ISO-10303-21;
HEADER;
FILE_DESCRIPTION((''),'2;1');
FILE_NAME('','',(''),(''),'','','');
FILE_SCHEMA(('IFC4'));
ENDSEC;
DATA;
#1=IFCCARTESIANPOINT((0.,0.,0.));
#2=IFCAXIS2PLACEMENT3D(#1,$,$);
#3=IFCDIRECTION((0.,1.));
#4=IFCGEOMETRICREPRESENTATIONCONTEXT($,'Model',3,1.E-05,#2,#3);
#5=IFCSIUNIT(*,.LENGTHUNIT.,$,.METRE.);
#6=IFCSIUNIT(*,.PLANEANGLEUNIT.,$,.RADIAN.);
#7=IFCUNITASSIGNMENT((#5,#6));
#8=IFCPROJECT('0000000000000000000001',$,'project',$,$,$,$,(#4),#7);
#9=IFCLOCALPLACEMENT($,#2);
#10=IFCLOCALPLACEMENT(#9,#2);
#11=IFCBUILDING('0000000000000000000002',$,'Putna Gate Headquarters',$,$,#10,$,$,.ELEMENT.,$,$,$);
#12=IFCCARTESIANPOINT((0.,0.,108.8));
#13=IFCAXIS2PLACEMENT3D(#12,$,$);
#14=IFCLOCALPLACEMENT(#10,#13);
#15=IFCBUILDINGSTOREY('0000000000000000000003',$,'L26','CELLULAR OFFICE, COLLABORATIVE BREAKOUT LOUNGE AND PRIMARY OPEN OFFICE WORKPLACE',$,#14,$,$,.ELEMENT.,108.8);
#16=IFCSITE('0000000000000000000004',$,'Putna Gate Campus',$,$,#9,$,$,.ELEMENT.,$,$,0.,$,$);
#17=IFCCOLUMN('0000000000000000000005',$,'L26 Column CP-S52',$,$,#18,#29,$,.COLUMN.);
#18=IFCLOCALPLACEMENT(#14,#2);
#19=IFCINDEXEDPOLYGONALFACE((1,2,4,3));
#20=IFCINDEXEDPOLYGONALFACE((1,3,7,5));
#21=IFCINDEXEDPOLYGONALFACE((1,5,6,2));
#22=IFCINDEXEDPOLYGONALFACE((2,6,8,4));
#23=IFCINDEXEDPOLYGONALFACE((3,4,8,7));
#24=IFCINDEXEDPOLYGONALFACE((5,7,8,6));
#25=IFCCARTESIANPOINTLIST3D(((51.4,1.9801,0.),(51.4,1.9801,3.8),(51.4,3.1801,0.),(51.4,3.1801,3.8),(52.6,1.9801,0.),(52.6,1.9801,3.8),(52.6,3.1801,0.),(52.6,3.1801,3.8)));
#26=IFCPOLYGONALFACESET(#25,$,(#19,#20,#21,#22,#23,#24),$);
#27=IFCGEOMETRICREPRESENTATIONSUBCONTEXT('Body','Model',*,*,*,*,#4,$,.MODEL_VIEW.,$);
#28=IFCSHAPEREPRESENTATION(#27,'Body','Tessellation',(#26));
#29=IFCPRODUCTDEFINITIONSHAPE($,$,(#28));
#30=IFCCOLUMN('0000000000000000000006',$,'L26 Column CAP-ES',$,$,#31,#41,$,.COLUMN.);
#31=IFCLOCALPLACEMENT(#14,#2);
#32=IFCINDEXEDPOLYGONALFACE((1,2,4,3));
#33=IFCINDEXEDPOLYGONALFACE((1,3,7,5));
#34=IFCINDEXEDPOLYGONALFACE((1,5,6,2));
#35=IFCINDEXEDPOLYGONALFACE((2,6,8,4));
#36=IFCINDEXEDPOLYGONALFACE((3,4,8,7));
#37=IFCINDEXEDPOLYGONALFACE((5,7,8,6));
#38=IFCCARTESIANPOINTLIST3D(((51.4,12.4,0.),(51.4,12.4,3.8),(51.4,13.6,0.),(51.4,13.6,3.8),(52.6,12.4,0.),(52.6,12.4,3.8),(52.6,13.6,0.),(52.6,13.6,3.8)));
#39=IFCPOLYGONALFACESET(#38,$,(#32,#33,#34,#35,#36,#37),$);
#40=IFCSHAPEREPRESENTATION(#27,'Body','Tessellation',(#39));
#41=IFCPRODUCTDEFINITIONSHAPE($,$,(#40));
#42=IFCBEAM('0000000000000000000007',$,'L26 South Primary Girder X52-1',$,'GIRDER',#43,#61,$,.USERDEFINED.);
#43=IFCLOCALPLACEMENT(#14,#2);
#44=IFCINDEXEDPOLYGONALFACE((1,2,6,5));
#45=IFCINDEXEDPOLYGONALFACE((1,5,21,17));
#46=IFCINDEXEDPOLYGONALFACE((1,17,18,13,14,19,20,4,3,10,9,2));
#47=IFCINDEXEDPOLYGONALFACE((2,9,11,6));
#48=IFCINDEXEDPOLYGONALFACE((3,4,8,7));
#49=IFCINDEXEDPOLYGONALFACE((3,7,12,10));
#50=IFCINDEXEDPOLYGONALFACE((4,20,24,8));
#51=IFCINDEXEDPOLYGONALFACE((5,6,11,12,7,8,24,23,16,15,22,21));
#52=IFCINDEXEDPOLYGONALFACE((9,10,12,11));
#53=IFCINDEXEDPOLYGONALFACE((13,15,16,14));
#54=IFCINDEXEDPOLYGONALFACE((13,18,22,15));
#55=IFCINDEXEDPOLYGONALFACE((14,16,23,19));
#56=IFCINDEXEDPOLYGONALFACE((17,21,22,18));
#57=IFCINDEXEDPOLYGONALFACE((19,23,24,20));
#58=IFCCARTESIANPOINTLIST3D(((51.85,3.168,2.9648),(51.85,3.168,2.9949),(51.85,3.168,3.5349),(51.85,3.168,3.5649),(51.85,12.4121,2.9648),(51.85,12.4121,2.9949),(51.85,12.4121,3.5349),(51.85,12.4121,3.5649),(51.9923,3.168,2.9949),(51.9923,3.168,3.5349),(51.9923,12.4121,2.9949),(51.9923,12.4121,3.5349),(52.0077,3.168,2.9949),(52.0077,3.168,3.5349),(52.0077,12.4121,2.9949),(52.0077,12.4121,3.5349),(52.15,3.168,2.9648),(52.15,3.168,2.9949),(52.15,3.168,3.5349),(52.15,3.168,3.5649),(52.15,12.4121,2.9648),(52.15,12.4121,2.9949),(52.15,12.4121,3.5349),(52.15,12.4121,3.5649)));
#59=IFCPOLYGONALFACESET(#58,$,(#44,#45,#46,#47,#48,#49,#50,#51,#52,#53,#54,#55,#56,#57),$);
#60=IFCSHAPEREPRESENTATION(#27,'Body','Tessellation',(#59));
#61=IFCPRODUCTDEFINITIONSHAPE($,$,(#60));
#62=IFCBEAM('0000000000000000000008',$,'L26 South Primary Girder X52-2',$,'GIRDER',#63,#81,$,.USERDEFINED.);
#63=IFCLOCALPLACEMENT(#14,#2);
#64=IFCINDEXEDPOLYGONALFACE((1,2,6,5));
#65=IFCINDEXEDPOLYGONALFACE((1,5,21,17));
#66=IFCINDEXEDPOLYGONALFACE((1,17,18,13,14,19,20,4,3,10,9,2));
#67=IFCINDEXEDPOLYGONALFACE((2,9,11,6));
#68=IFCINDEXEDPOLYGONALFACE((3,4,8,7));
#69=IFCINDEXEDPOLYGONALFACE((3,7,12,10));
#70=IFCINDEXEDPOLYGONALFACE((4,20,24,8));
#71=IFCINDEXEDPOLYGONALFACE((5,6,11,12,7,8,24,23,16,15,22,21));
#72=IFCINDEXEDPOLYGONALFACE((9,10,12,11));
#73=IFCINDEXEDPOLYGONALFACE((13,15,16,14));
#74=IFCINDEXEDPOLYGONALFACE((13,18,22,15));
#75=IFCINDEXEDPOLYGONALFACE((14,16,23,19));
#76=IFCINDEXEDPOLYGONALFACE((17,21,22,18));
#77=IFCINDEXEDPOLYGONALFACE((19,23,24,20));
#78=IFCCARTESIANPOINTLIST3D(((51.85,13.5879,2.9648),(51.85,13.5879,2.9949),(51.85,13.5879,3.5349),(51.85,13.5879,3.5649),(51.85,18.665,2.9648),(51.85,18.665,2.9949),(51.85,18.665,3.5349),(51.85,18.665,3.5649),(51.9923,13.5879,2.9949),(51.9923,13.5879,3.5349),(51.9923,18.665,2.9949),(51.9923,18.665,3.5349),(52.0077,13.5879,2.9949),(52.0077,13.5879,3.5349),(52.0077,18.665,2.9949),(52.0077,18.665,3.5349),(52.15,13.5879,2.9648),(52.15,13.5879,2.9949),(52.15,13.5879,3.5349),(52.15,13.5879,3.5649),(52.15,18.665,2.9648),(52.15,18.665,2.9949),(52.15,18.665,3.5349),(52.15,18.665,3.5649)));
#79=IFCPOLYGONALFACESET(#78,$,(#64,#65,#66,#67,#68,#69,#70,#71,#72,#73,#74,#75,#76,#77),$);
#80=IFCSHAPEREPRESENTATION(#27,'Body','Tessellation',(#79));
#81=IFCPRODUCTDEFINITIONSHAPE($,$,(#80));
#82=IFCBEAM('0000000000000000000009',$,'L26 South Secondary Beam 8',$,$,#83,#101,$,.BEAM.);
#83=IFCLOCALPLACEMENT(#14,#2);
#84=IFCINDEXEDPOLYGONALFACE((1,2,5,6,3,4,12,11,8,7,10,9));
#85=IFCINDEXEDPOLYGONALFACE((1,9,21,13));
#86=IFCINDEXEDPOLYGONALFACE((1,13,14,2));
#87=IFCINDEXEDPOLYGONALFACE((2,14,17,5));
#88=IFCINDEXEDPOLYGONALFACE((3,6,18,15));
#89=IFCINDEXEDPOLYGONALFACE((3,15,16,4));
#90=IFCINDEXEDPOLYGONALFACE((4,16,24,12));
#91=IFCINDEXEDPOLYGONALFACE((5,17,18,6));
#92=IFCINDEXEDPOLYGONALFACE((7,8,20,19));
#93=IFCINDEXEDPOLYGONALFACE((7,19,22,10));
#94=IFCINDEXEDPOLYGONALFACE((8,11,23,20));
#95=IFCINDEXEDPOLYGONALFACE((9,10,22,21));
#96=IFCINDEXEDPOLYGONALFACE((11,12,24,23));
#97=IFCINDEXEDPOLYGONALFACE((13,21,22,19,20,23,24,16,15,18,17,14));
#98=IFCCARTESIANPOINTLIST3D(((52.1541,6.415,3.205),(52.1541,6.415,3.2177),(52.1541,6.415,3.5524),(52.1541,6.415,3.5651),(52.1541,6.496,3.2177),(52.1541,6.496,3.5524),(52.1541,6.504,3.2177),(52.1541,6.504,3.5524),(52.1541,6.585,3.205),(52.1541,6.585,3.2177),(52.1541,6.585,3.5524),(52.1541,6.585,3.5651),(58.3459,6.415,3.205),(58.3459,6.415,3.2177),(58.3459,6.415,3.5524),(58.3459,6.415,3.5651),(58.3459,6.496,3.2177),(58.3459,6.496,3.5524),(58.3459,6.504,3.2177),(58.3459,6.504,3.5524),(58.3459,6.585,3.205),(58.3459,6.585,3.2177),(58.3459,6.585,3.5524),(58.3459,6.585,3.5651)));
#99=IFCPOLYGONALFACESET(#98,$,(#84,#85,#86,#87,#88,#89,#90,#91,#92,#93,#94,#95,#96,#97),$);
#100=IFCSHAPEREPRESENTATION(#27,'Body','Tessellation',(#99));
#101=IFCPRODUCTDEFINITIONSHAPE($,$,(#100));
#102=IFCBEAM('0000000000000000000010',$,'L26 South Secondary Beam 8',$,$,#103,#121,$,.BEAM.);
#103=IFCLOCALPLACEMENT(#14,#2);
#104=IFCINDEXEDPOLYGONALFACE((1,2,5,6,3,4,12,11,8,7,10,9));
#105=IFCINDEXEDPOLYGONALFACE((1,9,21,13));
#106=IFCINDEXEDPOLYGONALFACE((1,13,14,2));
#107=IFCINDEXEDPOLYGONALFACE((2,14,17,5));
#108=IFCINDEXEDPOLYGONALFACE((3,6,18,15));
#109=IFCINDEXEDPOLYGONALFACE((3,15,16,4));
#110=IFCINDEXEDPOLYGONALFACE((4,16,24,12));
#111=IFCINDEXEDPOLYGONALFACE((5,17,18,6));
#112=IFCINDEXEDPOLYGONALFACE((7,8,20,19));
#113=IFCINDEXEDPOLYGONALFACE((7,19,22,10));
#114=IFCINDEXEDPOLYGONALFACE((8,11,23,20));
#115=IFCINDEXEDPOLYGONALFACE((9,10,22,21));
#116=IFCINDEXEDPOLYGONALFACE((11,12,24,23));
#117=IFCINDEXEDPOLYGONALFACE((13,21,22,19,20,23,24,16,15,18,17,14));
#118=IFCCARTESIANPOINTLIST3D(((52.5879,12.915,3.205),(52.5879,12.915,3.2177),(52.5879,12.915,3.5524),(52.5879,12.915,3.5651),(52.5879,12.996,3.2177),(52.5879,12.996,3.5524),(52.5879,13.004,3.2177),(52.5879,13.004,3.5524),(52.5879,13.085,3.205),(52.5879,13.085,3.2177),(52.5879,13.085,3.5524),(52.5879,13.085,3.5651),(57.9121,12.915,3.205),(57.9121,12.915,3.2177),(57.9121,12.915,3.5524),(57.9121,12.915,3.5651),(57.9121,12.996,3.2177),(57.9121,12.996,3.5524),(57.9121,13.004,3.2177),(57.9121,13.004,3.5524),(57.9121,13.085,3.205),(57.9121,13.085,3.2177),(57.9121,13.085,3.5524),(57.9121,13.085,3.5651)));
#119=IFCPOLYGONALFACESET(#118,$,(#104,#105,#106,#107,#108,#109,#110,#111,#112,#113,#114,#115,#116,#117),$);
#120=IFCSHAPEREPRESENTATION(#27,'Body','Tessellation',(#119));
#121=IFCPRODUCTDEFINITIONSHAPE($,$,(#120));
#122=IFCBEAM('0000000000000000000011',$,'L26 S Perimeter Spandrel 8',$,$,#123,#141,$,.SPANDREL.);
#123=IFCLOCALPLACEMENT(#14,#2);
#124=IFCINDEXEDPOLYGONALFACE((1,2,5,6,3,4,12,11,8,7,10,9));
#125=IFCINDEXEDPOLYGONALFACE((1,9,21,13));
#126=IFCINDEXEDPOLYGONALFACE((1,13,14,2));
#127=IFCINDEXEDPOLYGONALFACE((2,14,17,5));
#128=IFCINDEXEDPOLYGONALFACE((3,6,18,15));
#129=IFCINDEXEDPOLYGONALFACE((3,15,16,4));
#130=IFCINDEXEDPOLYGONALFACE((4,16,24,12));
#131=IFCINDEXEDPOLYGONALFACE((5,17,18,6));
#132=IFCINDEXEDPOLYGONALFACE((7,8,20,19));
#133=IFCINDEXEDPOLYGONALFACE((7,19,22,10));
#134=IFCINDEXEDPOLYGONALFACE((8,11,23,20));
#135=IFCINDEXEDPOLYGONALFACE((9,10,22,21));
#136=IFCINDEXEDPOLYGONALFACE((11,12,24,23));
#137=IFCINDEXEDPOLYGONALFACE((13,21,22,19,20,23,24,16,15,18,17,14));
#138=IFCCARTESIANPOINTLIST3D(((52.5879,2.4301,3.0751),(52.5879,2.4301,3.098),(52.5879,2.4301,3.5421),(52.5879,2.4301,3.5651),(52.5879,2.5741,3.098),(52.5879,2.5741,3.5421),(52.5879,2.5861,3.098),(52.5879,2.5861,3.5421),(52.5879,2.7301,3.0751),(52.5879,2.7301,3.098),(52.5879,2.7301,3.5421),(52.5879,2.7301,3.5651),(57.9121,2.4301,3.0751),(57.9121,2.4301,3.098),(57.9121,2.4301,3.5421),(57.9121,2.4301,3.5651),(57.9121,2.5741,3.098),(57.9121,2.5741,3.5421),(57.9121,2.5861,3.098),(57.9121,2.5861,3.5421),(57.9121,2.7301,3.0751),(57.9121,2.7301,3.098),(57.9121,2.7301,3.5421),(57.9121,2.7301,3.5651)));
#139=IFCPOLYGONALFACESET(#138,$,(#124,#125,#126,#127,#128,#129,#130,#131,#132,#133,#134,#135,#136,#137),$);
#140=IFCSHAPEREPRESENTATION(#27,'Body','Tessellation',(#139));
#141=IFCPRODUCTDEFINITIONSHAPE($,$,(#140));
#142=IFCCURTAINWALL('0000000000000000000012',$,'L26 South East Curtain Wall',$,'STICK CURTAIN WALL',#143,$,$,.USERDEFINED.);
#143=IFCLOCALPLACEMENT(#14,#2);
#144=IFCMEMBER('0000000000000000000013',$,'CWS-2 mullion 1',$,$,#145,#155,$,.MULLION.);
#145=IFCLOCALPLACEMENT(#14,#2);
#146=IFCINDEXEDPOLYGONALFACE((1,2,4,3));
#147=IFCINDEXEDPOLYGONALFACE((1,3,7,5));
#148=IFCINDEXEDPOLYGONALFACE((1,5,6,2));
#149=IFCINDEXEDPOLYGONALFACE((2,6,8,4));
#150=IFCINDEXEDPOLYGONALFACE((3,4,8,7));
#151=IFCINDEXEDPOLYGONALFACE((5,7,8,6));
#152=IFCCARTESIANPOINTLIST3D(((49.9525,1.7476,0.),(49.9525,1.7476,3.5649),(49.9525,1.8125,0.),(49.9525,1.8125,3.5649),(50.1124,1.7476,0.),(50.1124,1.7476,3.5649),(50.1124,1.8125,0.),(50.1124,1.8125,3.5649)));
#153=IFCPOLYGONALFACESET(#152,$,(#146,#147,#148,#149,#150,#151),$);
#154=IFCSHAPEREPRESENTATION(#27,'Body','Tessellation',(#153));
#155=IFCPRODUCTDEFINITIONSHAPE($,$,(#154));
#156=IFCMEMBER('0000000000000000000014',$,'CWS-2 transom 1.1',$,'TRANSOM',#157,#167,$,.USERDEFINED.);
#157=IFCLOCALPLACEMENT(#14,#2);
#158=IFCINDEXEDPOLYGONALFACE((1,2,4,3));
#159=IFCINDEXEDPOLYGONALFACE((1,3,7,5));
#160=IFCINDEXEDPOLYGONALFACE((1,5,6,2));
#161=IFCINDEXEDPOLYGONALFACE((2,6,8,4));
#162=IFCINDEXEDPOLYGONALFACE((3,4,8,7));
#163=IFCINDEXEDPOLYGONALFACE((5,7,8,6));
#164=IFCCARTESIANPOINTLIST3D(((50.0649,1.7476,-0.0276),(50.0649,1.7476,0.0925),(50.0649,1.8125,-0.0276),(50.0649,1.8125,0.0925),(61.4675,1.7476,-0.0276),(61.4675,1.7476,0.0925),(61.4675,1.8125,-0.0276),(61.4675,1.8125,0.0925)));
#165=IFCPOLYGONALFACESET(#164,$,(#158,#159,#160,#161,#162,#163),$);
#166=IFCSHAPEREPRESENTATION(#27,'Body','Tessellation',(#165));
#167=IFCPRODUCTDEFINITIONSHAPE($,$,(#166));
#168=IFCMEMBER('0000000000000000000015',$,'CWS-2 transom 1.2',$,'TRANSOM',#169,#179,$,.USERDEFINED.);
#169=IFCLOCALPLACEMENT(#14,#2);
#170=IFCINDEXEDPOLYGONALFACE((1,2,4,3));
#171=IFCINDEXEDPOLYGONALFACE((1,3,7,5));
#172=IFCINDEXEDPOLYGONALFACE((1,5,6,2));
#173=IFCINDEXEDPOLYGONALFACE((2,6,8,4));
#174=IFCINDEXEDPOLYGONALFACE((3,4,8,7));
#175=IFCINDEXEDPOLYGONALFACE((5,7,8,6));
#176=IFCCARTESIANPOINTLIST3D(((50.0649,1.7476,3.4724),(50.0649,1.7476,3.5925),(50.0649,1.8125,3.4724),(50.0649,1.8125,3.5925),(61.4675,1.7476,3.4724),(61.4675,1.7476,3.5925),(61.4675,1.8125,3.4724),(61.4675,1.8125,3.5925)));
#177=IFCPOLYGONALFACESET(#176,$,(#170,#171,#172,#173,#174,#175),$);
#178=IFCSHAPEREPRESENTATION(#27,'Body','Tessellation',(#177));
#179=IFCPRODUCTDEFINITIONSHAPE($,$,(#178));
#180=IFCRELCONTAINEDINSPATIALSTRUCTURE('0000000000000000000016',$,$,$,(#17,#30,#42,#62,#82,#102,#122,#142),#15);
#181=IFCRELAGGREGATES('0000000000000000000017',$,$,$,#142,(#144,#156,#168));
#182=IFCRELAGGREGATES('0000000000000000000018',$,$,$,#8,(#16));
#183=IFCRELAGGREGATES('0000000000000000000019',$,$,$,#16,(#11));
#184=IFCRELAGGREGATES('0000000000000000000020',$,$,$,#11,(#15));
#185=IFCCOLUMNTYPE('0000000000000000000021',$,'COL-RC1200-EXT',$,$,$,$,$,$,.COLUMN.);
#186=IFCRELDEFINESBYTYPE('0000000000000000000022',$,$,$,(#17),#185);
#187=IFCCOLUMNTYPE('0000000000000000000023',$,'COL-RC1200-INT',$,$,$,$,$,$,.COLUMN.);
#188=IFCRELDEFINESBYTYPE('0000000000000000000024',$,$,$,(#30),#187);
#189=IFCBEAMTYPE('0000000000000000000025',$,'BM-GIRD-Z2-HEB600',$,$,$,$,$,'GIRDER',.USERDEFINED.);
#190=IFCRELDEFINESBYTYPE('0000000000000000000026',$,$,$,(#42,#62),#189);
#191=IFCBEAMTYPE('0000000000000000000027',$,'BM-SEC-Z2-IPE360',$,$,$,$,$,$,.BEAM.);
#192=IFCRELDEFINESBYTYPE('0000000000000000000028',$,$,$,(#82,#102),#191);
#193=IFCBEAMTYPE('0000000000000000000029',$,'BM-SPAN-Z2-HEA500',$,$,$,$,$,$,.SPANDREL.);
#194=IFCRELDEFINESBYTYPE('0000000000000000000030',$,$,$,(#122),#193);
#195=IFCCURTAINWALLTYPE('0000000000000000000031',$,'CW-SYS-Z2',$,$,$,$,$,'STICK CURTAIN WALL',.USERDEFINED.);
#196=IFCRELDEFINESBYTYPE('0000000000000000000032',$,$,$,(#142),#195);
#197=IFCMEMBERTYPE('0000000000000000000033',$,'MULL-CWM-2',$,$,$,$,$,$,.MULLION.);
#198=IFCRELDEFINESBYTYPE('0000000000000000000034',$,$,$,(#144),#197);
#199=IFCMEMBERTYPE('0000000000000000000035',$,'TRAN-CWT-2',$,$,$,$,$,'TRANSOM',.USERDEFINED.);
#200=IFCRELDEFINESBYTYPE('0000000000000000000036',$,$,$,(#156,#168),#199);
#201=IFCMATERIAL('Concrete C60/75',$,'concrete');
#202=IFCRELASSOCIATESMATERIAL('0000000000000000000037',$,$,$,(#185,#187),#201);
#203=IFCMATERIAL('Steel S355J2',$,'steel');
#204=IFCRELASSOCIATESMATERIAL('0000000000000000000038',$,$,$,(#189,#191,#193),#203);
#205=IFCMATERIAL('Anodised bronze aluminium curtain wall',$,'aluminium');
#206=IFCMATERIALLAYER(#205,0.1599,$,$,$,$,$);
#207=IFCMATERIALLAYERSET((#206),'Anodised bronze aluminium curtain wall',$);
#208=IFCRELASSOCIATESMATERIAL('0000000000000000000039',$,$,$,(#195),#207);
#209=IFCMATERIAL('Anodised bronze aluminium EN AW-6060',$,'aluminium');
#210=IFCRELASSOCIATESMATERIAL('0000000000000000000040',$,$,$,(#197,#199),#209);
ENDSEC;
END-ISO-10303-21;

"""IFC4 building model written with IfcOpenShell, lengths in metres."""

from ifc_helpers import new_model, si_unit, direction, frame, origin, origin_2d, place, context, subcontext, project, spatial, rectangle, i_section, extrude, material, layer, layer_set, material_profile, profile_set, type_object, element, aggregate, save


model = new_model("IFC4")

# Units and contexts
model_context = context("Model", 3, precision=1e-05, world=origin(), true_north=direction((0.0, 1.0)))
body_context = subcontext(model_context, "Body", "Model", "MODEL_VIEW")
ifc_project = project(units=[si_unit("LENGTHUNIT", "METRE"), si_unit("PLANEANGLEUNIT", "RADIAN")], contexts=[model_context])

# Site, building, storey
site_placement = place(None, origin())
site = spatial("IfcSite", under=ifc_project, at=site_placement, Name="Putna Gate Campus", CompositionType="ELEMENT", RefElevation=0.0)
building_placement = place(site_placement, origin())
building = spatial("IfcBuilding", under=site, at=building_placement, Name="Putna Gate Headquarters", CompositionType="ELEMENT")
storey_placement = place(building_placement, frame((0.0, 0.0, 108.8)))
storey = spatial("IfcBuildingStorey", under=building, at=storey_placement, Name="L26", Description="CELLULAR OFFICE, COLLABORATIVE BREAKOUT LOUNGE AND PRIMARY OPEN OFFICE WORKPLACE", CompositionType="ELEMENT", Elevation=108.8)

# Columns
ifc_material_1 = material(Name="Concrete C60/75", Category="concrete")
ifc_material_profile_1 = material_profile(ifc_material_1, rectangle(XDim=1.2, YDim=1.2, at=origin_2d()), Name="Concrete C60/75")
ifc_profile_set_1 = profile_set([ifc_material_profile_1], Name="Concrete C60/75")
column_type_1 = type_object("IfcColumnType", Name="COL-RC1200-EXT", PredefinedType="COLUMN", material=ifc_profile_set_1)
column_1_placement = place(storey_placement, frame((52.0, 2.5801, 0.0), z_axis=(0.0, 0.0, 1.0), x_axis=(1.0, 0.0, 0.0)))
element("IfcColumn", 1, at=column_1_placement, inside=storey, type_object=column_type_1, Name="L26 Column CP-S52", PredefinedType="COLUMN", context=body_context, shape_type="SweptSolid", body=[
    extrude(rectangle(XDim=1.2, YDim=1.2, at=origin_2d()), origin(), (0.0, 0.0, 1.0), 3.8),
])
ifc_material_profile_2 = material_profile(ifc_material_1, rectangle(XDim=1.2, YDim=1.2, at=origin_2d()), Name="Concrete C60/75")
ifc_profile_set_2 = profile_set([ifc_material_profile_2], Name="Concrete C60/75")
column_type_2 = type_object("IfcColumnType", Name="COL-RC1200-INT", PredefinedType="COLUMN", material=ifc_profile_set_2)
column_2_placement = place(storey_placement, frame((52.0, 13.0, 0.0), z_axis=(0.0, 0.0, 1.0), x_axis=(1.0, 0.0, 0.0)))
element("IfcColumn", 2, at=column_2_placement, inside=storey, type_object=column_type_2, Name="L26 Column CAP-ES", PredefinedType="COLUMN", context=body_context, shape_type="SweptSolid", body=[
    extrude(rectangle(XDim=1.2, YDim=1.2, at=origin_2d()), origin(), (0.0, 0.0, 1.0), 3.8),
])

# Beams
ifc_material_2 = material(Name="Steel S355J2", Category="steel")
ifc_material_profile_3 = material_profile(ifc_material_2, i_section(OverallWidth=0.3, OverallDepth=0.6001, WebThickness=0.0154, FlangeThickness=0.03, at=origin_2d()), Name="Steel S355J2")
ifc_profile_set_3 = profile_set([ifc_material_profile_3], Name="Steel S355J2")
beam_type_1 = type_object("IfcBeamType", Name="BM-GIRD-Z2-HEB600", ElementType="GIRDER", PredefinedType="USERDEFINED", material=ifc_profile_set_3)
beam_1_placement = place(storey_placement, frame((52.0, 3.168, 3.2649), z_axis=(0.0, 1.0, 0.0), x_axis=(-1.0, 0.0, 0.0)))
element("IfcBeam", 3, at=beam_1_placement, inside=storey, type_object=beam_type_1, Name="L26 South Primary Girder X52-1", ObjectType="GIRDER", PredefinedType="USERDEFINED", context=body_context, shape_type="SweptSolid", body=[
    extrude(i_section(OverallWidth=0.3, OverallDepth=0.6001, WebThickness=0.0154, FlangeThickness=0.03, at=origin_2d()), origin(), (0.0, 0.0, 1.0), 9.2441),
])
beam_2_placement = place(storey_placement, frame((52.0, 13.5879, 3.2649), z_axis=(0.0, 1.0, 0.0), x_axis=(-1.0, 0.0, 0.0)))
element("IfcBeam", 4, at=beam_2_placement, inside=storey, type_object=beam_type_1, Name="L26 South Primary Girder X52-2", ObjectType="GIRDER", PredefinedType="USERDEFINED", context=body_context, shape_type="SweptSolid", body=[
    extrude(i_section(OverallWidth=0.3, OverallDepth=0.6001, WebThickness=0.0154, FlangeThickness=0.03, at=origin_2d()), origin(), (0.0, 0.0, 1.0), 5.0771),
])
ifc_material_profile_4 = material_profile(ifc_material_2, i_section(OverallWidth=0.1699, OverallDepth=0.3601, WebThickness=0.0081, FlangeThickness=0.0127, at=origin_2d()), Name="Steel S355J2")
ifc_profile_set_4 = profile_set([ifc_material_profile_4], Name="Steel S355J2")
beam_type_2 = type_object("IfcBeamType", Name="BM-SEC-Z2-IPE360", PredefinedType="BEAM", material=ifc_profile_set_4)
beam_3_placement = place(storey_placement, frame((52.1541, 6.5, 3.385), z_axis=(1.0, 0.0, 0.0), x_axis=(0.0, 1.0, 0.0)))
element("IfcBeam", 5, at=beam_3_placement, inside=storey, type_object=beam_type_2, Name="L26 South Secondary Beam 8", PredefinedType="BEAM", context=body_context, shape_type="SweptSolid", body=[
    extrude(i_section(OverallWidth=0.1699, OverallDepth=0.3601, WebThickness=0.0081, FlangeThickness=0.0127, at=origin_2d()), origin(), (0.0, 0.0, 1.0), 6.1919),
])
beam_4_placement = place(storey_placement, frame((52.5879, 13.0, 3.385), z_axis=(1.0, 0.0, 0.0), x_axis=(0.0, 1.0, 0.0)))
element("IfcBeam", 6, at=beam_4_placement, inside=storey, type_object=beam_type_2, Name="L26 South Secondary Beam 8", PredefinedType="BEAM", context=body_context, shape_type="SweptSolid", body=[
    extrude(i_section(OverallWidth=0.1699, OverallDepth=0.3601, WebThickness=0.0081, FlangeThickness=0.0127, at=origin_2d()), origin(), (0.0, 0.0, 1.0), 5.3242),
])
ifc_material_profile_5 = material_profile(ifc_material_2, i_section(OverallWidth=0.3, OverallDepth=0.49, WebThickness=0.012, FlangeThickness=0.0229, at=origin_2d()), Name="Steel S355J2")
ifc_profile_set_5 = profile_set([ifc_material_profile_5], Name="Steel S355J2")
beam_type_3 = type_object("IfcBeamType", Name="BM-SPAN-Z2-HEA500", PredefinedType="SPANDREL", material=ifc_profile_set_5)
beam_5_placement = place(storey_placement, frame((52.5879, 2.5801, 3.3201), z_axis=(1.0, 0.0, 0.0), x_axis=(0.0, 1.0, 0.0)))
element("IfcBeam", 7, at=beam_5_placement, inside=storey, type_object=beam_type_3, Name="L26 S Perimeter Spandrel 8", PredefinedType="SPANDREL", context=body_context, shape_type="SweptSolid", body=[
    extrude(i_section(OverallWidth=0.3, OverallDepth=0.49, WebThickness=0.012, FlangeThickness=0.0229, at=origin_2d()), origin(), (0.0, 0.0, 1.0), 5.3242),
])

# Curtain wall, members
ifc_material_3 = material(Name="Anodised bronze aluminium curtain wall", Category="aluminium")
ifc_layer_1 = layer(ifc_material_3, 0.1599)
ifc_layer_set_1 = layer_set([ifc_layer_1], Name="Anodised bronze aluminium curtain wall")
curtain_wall_type = type_object("IfcCurtainWallType", Name="CW-SYS-Z2", ElementType="STICK CURTAIN WALL", PredefinedType="USERDEFINED", material=ifc_layer_set_1)
curtain_wall_placement = place(storey_placement, origin())
curtain_wall = element("IfcCurtainWall", 8, at=curtain_wall_placement, inside=storey, type_object=curtain_wall_type, Name="L26 South East Curtain Wall", ObjectType="STICK CURTAIN WALL", PredefinedType="USERDEFINED")
ifc_material_4 = material(Name="Anodised bronze aluminium EN AW-6060", Category="aluminium")
ifc_material_profile_6 = material_profile(ifc_material_4, rectangle(XDim=0.0649, YDim=0.1599, at=origin_2d()), Name="Anodised bronze aluminium EN AW-6060")
ifc_profile_set_6 = profile_set([ifc_material_profile_6], Name="Anodised bronze aluminium EN AW-6060")
member_type_1 = type_object("IfcMemberType", Name="MULL-CWM-2", PredefinedType="MULLION", material=ifc_profile_set_6)
member_1_placement = place(storey_placement, frame((50.0325, 1.78, 0.0), z_axis=(0.0, 0.0, 1.0), x_axis=(0.0, 1.0, 0.0)))
member_1 = element("IfcMember", 9, at=member_1_placement, type_object=member_type_1, Name="CWS-2 mullion 1", PredefinedType="MULLION", context=body_context, shape_type="SweptSolid", body=[
    extrude(rectangle(XDim=0.0649, YDim=0.1599, at=origin_2d()), origin(), (0.0, 0.0, 1.0), 3.5649),
])
ifc_material_profile_7 = material_profile(ifc_material_4, rectangle(XDim=0.0649, YDim=0.1201, at=origin_2d()), Name="Anodised bronze aluminium EN AW-6060")
ifc_profile_set_7 = profile_set([ifc_material_profile_7], Name="Anodised bronze aluminium EN AW-6060")
member_type_2 = type_object("IfcMemberType", Name="TRAN-CWT-2", ElementType="TRANSOM", PredefinedType="USERDEFINED", material=ifc_profile_set_7)
member_2_placement = place(storey_placement, frame((50.0649, 1.78, 0.0325), z_axis=(1.0, 0.0, 0.0), x_axis=(0.0, 1.0, 0.0)))
member_2 = element("IfcMember", 10, at=member_2_placement, type_object=member_type_2, Name="CWS-2 transom 1.1", ObjectType="TRANSOM", PredefinedType="USERDEFINED", context=body_context, shape_type="SweptSolid", body=[
    extrude(rectangle(XDim=0.0649, YDim=0.1201, at=origin_2d()), origin(), (0.0, 0.0, 1.0), 11.4026),
])
member_3_placement = place(storey_placement, frame((50.0649, 1.78, 3.5325), z_axis=(1.0, 0.0, 0.0), x_axis=(0.0, 1.0, 0.0)))
member_3 = element("IfcMember", 11, at=member_3_placement, type_object=member_type_2, Name="CWS-2 transom 1.2", ObjectType="TRANSOM", PredefinedType="USERDEFINED", context=body_context, shape_type="SweptSolid", body=[
    extrude(rectangle(XDim=0.0649, YDim=0.1201, at=origin_2d()), origin(), (0.0, 0.0, 1.0), 11.4026),
])
aggregate(curtain_wall, [member_1, member_2, member_3])

save(model, "model.ifc")
